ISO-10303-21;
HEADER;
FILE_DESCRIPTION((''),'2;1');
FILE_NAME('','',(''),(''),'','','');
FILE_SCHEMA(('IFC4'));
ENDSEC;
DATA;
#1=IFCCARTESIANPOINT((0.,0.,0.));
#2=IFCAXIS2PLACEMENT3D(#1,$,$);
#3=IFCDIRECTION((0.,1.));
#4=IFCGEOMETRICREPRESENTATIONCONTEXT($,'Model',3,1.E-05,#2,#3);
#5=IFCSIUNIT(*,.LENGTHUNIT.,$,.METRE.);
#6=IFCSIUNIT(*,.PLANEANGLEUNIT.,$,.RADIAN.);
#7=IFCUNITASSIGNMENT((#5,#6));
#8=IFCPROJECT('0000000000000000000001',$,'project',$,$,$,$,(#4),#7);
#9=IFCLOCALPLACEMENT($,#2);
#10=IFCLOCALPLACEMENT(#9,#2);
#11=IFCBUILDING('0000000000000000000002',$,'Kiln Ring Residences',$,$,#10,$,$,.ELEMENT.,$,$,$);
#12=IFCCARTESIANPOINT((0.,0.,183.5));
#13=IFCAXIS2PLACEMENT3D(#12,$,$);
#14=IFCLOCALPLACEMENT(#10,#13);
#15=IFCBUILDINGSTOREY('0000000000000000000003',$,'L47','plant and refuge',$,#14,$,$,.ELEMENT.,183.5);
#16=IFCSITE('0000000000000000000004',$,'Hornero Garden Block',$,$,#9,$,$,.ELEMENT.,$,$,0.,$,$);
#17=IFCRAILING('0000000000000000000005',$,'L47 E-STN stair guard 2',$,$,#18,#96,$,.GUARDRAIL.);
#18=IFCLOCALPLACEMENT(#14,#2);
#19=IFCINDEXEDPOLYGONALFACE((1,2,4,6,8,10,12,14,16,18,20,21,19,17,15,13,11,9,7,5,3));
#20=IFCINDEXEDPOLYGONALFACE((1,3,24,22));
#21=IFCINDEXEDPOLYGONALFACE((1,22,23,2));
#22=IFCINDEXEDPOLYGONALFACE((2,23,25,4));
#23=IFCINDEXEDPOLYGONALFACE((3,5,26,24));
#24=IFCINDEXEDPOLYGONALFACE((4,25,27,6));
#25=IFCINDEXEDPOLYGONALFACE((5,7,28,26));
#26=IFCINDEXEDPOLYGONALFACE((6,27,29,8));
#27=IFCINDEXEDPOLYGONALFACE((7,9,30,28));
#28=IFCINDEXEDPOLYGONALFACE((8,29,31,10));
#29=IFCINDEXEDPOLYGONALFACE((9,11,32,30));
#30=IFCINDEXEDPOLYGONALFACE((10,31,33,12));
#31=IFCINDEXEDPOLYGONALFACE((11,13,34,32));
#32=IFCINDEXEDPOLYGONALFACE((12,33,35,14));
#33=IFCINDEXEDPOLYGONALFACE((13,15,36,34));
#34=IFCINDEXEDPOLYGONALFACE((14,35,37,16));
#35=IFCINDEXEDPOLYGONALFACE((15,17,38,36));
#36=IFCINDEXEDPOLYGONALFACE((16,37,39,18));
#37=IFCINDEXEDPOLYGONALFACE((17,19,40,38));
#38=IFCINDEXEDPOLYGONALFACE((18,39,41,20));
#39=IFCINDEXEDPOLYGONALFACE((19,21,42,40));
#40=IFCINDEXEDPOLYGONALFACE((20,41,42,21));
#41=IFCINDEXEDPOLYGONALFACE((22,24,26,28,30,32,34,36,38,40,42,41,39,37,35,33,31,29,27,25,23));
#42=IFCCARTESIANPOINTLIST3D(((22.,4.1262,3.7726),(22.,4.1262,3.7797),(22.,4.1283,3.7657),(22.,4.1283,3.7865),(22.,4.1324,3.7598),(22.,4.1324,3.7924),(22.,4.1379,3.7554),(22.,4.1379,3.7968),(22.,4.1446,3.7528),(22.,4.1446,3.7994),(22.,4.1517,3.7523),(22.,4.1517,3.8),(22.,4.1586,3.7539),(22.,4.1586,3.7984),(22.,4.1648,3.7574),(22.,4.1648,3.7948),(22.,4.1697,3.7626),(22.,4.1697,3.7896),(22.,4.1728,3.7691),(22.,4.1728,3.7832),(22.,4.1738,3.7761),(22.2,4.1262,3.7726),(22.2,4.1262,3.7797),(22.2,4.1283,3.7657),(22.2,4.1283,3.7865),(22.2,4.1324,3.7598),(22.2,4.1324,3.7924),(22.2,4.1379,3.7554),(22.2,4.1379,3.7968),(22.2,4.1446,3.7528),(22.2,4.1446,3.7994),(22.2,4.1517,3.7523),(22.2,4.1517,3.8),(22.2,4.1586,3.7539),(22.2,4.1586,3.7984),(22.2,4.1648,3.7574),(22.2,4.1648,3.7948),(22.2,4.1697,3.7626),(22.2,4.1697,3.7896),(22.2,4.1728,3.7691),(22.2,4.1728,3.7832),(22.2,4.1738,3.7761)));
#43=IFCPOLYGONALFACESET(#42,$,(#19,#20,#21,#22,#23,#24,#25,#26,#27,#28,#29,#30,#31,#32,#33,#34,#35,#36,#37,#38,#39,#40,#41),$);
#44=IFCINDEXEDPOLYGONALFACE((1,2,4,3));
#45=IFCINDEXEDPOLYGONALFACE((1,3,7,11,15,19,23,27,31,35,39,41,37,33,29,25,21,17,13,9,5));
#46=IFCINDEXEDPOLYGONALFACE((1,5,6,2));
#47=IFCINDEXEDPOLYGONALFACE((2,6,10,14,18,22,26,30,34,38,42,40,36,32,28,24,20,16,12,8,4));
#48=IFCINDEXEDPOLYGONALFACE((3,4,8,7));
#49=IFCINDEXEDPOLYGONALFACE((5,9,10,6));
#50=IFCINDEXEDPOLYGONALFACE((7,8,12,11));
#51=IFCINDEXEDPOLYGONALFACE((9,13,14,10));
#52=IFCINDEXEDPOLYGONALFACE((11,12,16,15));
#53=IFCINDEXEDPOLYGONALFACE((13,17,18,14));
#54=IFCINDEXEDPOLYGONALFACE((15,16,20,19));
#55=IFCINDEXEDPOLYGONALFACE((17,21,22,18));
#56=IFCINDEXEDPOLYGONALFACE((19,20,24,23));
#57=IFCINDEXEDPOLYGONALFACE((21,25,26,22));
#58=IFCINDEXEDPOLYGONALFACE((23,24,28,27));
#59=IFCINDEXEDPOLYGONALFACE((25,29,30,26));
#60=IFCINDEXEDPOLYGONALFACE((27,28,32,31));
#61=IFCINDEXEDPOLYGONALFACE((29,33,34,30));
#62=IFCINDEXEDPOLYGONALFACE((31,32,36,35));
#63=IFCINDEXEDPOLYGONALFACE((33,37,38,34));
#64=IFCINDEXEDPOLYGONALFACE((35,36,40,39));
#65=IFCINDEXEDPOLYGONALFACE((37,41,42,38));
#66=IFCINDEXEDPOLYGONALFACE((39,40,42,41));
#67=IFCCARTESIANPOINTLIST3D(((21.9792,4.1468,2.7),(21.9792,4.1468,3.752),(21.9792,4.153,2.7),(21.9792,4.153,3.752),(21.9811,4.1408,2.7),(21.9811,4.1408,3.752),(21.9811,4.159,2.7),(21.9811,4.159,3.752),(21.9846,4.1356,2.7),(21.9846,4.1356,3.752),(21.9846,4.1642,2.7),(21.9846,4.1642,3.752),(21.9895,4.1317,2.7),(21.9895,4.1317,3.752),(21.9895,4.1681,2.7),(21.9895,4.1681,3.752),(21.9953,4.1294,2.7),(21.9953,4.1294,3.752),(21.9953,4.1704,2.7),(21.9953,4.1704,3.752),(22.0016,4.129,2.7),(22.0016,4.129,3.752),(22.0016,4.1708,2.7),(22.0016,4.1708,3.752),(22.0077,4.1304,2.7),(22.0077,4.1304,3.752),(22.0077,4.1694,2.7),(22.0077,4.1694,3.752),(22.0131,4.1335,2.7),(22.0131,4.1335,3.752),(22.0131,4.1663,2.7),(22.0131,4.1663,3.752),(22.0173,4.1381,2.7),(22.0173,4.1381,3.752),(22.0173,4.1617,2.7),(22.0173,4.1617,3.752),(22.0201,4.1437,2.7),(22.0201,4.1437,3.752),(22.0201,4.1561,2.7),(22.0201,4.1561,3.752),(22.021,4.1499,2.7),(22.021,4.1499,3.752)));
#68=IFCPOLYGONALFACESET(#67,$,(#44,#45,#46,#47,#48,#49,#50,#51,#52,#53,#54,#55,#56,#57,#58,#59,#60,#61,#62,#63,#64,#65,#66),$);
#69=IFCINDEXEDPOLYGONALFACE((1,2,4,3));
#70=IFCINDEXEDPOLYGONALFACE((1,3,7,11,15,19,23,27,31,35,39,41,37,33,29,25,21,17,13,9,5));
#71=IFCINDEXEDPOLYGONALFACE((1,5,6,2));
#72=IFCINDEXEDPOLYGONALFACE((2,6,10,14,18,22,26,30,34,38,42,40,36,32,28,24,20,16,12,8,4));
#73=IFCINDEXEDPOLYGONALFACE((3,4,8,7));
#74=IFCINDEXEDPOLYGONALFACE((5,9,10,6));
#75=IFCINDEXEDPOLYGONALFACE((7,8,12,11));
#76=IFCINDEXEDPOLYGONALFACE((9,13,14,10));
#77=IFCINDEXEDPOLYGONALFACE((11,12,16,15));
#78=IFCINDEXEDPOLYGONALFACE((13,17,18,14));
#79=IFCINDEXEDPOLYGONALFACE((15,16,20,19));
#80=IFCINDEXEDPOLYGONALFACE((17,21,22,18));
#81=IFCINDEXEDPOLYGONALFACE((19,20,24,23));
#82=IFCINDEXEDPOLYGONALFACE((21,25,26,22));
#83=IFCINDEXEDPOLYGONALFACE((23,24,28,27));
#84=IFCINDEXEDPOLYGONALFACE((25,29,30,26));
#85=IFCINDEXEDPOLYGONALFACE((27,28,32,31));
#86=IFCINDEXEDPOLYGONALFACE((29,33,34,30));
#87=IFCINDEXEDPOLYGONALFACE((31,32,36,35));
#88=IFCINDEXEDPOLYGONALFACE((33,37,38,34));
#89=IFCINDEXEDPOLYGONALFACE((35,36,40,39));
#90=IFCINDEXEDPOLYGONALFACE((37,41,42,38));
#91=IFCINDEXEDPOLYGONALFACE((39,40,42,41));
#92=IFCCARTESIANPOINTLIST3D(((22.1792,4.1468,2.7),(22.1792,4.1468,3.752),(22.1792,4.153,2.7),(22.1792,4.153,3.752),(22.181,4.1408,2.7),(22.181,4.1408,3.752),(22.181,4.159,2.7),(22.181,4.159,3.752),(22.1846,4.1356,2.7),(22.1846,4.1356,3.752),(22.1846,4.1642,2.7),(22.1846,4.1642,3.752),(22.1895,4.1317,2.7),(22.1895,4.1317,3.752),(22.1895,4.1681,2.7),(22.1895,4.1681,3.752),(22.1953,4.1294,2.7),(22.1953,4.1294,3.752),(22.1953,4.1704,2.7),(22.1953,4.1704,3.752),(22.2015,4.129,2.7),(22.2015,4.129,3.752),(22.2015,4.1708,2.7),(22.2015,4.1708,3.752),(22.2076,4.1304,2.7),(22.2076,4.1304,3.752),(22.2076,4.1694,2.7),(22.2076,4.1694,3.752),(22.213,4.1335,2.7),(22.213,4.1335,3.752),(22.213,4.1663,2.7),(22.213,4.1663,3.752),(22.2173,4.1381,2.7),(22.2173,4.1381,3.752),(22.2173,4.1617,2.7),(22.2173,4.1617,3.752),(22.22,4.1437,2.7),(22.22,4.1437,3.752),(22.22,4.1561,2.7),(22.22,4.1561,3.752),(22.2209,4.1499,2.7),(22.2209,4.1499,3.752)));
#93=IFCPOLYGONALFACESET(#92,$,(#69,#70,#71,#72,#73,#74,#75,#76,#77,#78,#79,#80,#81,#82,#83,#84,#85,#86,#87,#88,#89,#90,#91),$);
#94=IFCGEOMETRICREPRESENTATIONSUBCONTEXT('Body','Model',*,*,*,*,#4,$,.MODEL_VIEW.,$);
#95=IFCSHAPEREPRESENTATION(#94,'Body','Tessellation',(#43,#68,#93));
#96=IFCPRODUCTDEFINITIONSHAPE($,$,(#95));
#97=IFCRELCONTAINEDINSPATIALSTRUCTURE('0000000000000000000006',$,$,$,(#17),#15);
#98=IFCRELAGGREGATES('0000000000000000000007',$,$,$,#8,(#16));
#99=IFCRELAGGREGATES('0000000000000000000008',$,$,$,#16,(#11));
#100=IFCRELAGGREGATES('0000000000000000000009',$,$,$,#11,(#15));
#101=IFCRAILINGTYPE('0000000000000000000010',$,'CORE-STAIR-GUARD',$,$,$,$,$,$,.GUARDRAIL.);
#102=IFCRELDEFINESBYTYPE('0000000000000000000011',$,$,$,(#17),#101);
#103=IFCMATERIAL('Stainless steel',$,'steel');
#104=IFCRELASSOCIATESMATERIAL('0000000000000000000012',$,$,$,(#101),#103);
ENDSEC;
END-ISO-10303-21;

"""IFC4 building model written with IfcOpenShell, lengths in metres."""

from ifc_helpers import new_model, si_unit, direction, frame, origin, origin_2d, place, context, subcontext, project, spatial, circle, extrude, material, type_object, element, save


model = new_model("IFC4")

# Units and contexts
model_context = context("Model", 3, precision=1e-05, world=origin(), true_north=direction((0.0, 1.0)))
body_context = subcontext(model_context, "Body", "Model", "MODEL_VIEW")
ifc_project = project(units=[si_unit("LENGTHUNIT", "METRE"), si_unit("PLANEANGLEUNIT", "RADIAN")], contexts=[model_context])

# Site, building, storey
site_placement = place(None, origin())
site = spatial("IfcSite", under=ifc_project, at=site_placement, Name="Hornero Garden Block", CompositionType="ELEMENT", RefElevation=0.0)
building_placement = place(site_placement, origin())
building = spatial("IfcBuilding", under=site, at=building_placement, Name="Kiln Ring Residences", CompositionType="ELEMENT")
storey_placement = place(building_placement, frame((0.0, 0.0, 183.5)))
storey = spatial("IfcBuildingStorey", under=building, at=storey_placement, Name="L47", Description="plant and refuge", CompositionType="ELEMENT", Elevation=183.5)

# Railing
ifc_material_1 = material(Name="Stainless steel", Category="steel")
railing_type_1 = type_object("IfcRailingType", Name="CORE-STAIR-GUARD", PredefinedType="GUARDRAIL", material=ifc_material_1)
railing_1_placement = place(storey_placement, frame((22.0, 4.1499, 2.7)))
element("IfcRailing", 1, at=railing_1_placement, inside=storey, type_object=railing_type_1, Name="L47 E-STN stair guard 2", PredefinedType="GUARDRAIL", context=body_context, shape_type="SweptSolid", body=[
    extrude(circle(Radius=0.0239, at=origin_2d()), frame((0.0, 0.0, 1.0762), z_axis=(1.0, 0.0, 0.0), x_axis=(0.0, 1.0, 0.0)), (0.0, 0.0, 1.0), 0.2),
    extrude(circle(Radius=0.021, at=origin_2d()), origin(), (0.0, 0.0, 1.0), 1.052),
    extrude(circle(Radius=0.021, at=origin_2d()), frame((0.2, 0.0, 0.0)), (0.0, 0.0, 1.0), 1.052),
])

save(model, "model.ifc")
